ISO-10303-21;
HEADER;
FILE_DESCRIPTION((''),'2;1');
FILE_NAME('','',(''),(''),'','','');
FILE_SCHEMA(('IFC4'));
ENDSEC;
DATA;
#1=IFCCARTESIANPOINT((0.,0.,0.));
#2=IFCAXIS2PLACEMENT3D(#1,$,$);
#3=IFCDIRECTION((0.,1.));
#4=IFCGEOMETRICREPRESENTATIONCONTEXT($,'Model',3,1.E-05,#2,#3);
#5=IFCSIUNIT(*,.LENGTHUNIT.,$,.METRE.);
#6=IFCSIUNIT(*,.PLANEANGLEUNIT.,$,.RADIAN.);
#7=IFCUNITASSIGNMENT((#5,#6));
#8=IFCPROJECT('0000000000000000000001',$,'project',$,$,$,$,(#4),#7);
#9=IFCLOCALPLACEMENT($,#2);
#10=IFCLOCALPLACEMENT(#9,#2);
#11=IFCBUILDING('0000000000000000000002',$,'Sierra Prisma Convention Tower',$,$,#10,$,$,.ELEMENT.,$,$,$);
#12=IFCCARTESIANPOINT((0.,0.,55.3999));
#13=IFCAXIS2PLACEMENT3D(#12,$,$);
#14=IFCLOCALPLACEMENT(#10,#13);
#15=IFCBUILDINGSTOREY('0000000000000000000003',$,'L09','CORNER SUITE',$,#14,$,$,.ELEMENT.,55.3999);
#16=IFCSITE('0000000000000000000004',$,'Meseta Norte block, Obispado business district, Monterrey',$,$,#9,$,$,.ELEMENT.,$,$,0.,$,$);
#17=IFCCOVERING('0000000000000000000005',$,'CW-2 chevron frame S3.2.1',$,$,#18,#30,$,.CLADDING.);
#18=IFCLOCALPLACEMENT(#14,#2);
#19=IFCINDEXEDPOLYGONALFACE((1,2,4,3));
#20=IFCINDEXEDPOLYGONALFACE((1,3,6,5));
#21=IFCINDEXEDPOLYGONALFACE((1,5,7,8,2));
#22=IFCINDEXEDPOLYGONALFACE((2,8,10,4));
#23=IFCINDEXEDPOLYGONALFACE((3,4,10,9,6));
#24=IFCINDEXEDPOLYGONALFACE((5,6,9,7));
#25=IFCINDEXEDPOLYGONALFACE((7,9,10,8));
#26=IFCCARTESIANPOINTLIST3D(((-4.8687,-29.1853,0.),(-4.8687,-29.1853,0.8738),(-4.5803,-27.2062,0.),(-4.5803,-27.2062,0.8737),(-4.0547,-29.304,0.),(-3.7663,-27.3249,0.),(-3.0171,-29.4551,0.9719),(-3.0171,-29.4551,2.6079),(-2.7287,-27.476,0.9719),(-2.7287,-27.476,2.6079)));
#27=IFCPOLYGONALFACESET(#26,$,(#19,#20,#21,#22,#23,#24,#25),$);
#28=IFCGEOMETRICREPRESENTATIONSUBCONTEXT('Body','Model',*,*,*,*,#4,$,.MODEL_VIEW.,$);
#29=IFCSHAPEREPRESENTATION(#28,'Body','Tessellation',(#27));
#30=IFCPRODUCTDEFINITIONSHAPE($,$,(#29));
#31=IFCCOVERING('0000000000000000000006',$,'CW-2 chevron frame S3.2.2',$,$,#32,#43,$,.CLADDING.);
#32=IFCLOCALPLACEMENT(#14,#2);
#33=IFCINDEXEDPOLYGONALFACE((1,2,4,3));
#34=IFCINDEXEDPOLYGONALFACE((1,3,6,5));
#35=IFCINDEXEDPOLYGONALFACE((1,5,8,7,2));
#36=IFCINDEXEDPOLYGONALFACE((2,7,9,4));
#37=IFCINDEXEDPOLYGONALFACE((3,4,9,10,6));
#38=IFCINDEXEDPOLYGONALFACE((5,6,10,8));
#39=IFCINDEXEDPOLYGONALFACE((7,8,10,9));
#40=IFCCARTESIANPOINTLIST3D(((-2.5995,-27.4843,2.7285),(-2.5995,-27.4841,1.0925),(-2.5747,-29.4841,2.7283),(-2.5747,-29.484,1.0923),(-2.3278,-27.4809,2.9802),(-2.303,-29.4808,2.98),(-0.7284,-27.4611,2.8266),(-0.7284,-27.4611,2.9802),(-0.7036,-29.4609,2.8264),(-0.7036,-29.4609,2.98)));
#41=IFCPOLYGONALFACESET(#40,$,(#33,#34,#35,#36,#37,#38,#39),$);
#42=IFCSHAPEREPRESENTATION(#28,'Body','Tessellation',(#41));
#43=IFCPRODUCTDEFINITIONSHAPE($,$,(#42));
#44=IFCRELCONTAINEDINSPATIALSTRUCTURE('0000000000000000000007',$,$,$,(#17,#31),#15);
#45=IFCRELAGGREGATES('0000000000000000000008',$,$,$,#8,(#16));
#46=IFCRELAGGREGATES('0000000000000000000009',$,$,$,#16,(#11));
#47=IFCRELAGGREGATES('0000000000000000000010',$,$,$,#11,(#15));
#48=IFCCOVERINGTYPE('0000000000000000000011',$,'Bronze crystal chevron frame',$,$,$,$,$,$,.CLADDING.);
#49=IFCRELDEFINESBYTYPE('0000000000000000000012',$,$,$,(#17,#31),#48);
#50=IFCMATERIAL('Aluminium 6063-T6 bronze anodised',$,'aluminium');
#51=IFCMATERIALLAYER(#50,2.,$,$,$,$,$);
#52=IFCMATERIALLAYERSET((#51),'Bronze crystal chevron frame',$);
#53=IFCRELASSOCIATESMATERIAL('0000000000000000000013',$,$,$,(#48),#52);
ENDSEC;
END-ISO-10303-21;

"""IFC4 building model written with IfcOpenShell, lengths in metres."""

from ifc_helpers import new_model, si_unit, direction, frame, origin, place, context, subcontext, project, spatial, polyline, outline, extrude, material, layer, layer_set, type_object, element, save


model = new_model("IFC4")

# Units and contexts
model_context = context("Model", 3, precision=1e-05, world=origin(), true_north=direction((0.0, 1.0)))
body_context = subcontext(model_context, "Body", "Model", "MODEL_VIEW")
ifc_project = project(units=[si_unit("LENGTHUNIT", "METRE"), si_unit("PLANEANGLEUNIT", "RADIAN")], contexts=[model_context])

# Site, building, storey
site_placement = place(None, origin())
site = spatial("IfcSite", under=ifc_project, at=site_placement, Name="Meseta Norte block, Obispado business district, Monterrey", CompositionType="ELEMENT", RefElevation=0.0)
building_placement = place(site_placement, origin())
building = spatial("IfcBuilding", under=site, at=building_placement, Name="Sierra Prisma Convention Tower", CompositionType="ELEMENT")
storey_placement = place(building_placement, frame((0.0, 0.0, 55.3999)))
storey = spatial("IfcBuildingStorey", under=building, at=storey_placement, Name="L09", Description="CORNER SUITE", CompositionType="ELEMENT", Elevation=55.3999)

# Coverings
ifc_material_1 = material(Name="Aluminium 6063-T6 bronze anodised", Category="aluminium")
ifc_layer_1 = layer(ifc_material_1, 2.0)
ifc_layer_set_1 = layer_set([ifc_layer_1], Name="Bronze crystal chevron frame")
covering_type = type_object("IfcCoveringType", Name="Bronze crystal chevron frame", PredefinedType="CLADDING", material=ifc_layer_set_1)
covering_1_placement = place(storey_placement, frame((-4.0547, -29.304, 0.0), z_axis=(-0.144189, -0.98955, 0.000019), x_axis=(0.725733, -0.105735, 0.679803)))
element("IfcCovering", 1, at=covering_1_placement, inside=storey, type_object=covering_type, Name="CW-2 chevron frame S3.2.1", PredefinedType="CLADDING", context=body_context, shape_type="SweptSolid", body=[
    extrude(outline(polyline([(0.0, 0.0), (1.4297, 0.0), (2.5419, 1.1998), (-0.0093, 1.2), (-0.6033, 0.5592), (0.0, 0.0)])), origin(), (0.0, 0.0, -1.0), 2.0),
])
covering_2_placement = place(storey_placement, frame((-0.7036, -29.4609, 2.98), z_axis=(0.012408, -0.999923, -0.000097), x_axis=(-0.999923, -0.012408, 0.0)))
element("IfcCovering", 2, at=covering_2_placement, inside=storey, type_object=covering_type, Name="CW-2 chevron frame S3.2.2", PredefinedType="CLADDING", context=body_context, shape_type="SweptSolid", body=[
    extrude(outline(polyline([(0.0, 0.0), (1.5995, 0.0), (1.8712, 0.2517), (1.8712, 1.8877), (0.0, 0.1536), (0.0, 0.0)])), origin(), (0.0, 0.0, -1.0), 2.0),
])

save(model, "model.ifc")
